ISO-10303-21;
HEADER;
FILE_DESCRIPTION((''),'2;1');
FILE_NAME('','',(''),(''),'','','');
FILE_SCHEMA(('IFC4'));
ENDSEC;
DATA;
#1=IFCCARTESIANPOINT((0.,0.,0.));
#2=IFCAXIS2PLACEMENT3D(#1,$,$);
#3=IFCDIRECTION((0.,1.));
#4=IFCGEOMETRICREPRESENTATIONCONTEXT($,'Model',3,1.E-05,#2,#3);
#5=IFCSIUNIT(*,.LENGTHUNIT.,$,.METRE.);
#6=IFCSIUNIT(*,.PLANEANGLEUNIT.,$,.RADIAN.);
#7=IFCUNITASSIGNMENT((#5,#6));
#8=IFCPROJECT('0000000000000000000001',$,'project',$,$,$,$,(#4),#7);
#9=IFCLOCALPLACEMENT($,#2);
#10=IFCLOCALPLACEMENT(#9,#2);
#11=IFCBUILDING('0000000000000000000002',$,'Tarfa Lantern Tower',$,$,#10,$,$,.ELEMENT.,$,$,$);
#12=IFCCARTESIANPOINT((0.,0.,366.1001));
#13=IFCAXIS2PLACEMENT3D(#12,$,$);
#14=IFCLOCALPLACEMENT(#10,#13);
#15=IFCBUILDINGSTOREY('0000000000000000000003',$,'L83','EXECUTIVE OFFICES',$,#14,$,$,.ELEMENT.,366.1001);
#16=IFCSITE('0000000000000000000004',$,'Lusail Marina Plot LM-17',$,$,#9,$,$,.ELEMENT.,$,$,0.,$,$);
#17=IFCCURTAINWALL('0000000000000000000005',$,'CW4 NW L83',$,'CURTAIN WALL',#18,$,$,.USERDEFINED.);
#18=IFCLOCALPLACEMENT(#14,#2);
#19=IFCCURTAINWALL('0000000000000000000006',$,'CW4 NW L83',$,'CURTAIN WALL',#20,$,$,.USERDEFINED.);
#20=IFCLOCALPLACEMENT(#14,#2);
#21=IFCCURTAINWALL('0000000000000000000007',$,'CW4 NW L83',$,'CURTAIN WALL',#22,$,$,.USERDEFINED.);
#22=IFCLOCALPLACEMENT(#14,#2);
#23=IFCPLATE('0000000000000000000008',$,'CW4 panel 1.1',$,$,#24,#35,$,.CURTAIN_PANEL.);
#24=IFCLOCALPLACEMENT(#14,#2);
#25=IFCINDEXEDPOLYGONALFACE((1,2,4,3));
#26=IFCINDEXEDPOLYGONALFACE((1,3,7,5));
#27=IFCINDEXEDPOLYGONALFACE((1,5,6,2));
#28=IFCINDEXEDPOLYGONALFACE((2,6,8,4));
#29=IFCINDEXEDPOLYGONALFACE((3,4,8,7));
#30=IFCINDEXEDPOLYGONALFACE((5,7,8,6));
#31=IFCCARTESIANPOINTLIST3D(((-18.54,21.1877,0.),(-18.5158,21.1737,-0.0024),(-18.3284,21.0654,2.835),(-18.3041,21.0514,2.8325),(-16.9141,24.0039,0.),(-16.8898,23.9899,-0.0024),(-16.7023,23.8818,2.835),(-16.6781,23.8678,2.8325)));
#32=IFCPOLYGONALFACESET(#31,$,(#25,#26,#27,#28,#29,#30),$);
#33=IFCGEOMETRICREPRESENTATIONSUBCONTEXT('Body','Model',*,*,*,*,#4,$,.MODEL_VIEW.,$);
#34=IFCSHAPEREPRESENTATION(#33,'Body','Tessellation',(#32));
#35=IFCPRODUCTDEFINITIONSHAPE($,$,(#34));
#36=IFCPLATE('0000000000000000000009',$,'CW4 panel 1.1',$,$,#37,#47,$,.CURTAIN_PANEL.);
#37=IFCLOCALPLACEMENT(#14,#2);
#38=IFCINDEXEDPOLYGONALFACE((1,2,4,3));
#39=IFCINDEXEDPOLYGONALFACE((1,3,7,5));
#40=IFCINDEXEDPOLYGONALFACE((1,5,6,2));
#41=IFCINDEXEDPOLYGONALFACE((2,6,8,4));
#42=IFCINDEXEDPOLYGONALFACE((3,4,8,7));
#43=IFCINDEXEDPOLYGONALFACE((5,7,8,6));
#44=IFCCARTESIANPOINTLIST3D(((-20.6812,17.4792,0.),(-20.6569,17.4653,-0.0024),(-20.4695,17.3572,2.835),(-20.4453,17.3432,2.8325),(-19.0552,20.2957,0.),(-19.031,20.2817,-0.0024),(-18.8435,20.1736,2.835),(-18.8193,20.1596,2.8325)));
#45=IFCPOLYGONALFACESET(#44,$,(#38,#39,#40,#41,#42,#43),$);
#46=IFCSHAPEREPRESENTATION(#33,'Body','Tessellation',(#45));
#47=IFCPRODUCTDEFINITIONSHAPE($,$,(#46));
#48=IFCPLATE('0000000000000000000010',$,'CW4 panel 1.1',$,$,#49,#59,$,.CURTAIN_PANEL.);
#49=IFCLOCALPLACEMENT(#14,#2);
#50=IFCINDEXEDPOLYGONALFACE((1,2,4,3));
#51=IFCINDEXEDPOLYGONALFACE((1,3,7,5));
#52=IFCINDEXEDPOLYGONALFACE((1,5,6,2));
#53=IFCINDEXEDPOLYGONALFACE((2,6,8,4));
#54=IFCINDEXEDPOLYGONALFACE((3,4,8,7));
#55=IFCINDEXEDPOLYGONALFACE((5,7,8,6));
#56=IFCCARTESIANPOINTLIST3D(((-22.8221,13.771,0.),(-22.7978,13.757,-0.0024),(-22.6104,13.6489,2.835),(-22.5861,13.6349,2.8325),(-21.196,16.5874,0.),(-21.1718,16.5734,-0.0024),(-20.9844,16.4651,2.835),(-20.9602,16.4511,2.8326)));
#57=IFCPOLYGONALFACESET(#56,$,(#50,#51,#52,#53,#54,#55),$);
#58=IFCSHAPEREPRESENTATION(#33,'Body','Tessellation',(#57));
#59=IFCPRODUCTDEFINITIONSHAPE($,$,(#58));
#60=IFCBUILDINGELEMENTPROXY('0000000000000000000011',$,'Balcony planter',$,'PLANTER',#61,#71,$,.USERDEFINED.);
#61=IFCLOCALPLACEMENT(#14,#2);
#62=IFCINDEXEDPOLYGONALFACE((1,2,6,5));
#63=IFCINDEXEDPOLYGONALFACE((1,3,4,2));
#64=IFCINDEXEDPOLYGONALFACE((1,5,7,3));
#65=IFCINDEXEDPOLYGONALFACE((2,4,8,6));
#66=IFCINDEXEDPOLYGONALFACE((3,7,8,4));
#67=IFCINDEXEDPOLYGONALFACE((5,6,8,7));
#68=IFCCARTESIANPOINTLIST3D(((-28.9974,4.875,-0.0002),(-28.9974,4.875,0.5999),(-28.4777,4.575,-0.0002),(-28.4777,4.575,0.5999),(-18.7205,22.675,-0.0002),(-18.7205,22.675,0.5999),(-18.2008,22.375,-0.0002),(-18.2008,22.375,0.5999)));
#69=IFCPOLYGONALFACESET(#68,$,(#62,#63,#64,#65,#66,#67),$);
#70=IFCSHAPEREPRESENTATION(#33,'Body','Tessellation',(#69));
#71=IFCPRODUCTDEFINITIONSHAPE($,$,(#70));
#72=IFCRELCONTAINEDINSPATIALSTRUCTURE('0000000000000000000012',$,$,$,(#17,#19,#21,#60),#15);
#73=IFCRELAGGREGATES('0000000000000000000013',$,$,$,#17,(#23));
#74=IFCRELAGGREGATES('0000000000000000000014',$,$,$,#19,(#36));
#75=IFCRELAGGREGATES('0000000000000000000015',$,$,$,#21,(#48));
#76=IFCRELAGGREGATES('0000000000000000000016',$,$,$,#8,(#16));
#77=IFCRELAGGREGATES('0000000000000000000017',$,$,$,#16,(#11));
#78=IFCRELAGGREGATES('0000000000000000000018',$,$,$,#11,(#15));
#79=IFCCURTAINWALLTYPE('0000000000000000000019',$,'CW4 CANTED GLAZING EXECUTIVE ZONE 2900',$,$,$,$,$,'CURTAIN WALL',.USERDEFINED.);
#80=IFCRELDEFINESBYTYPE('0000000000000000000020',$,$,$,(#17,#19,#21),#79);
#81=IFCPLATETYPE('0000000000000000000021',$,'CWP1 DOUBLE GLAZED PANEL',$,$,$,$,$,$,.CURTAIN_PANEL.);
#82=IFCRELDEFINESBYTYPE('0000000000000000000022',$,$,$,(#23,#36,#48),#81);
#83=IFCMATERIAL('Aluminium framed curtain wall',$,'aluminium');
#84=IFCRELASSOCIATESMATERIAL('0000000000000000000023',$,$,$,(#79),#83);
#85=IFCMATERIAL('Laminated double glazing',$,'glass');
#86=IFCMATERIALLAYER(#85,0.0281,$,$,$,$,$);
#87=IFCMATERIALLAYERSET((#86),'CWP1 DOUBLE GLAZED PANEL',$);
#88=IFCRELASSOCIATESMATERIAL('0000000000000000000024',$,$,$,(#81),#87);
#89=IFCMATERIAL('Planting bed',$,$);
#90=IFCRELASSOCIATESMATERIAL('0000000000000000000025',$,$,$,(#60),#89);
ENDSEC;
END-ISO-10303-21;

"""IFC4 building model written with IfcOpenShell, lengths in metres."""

from ifc_helpers import new_model, si_unit, direction, frame, origin, origin_2d, place, context, subcontext, project, spatial, polyline, rectangle, outline, extrude, material, layer, layer_set, type_object, element, aggregate, save


model = new_model("IFC4")

# Units and contexts
model_context = context("Model", 3, precision=1e-05, world=origin(), true_north=direction((0.0, 1.0)))
body_context = subcontext(model_context, "Body", "Model", "MODEL_VIEW")
ifc_project = project(units=[si_unit("LENGTHUNIT", "METRE"), si_unit("PLANEANGLEUNIT", "RADIAN")], contexts=[model_context])

# Site, building, storey
site_placement = place(None, origin())
site = spatial("IfcSite", under=ifc_project, at=site_placement, Name="Lusail Marina Plot LM-17", CompositionType="ELEMENT", RefElevation=0.0)
building_placement = place(site_placement, origin())
building = spatial("IfcBuilding", under=site, at=building_placement, Name="Tarfa Lantern Tower", CompositionType="ELEMENT")
storey_placement = place(building_placement, frame((0.0, 0.0, 366.1001)))
storey = spatial("IfcBuildingStorey", under=building, at=storey_placement, Name="L83", Description="EXECUTIVE OFFICES", CompositionType="ELEMENT", Elevation=366.1001)

# Curtain walls
ifc_material_1 = material(Name="Aluminium framed curtain wall", Category="aluminium")
curtain_wall_type = type_object("IfcCurtainWallType", Name="CW4 CANTED GLAZING EXECUTIVE ZONE 2900", ElementType="CURTAIN WALL", PredefinedType="USERDEFINED", material=ifc_material_1)
curtain_wall_1_placement = place(storey_placement, origin())
curtain_wall_1 = element("IfcCurtainWall", 1, at=curtain_wall_1_placement, inside=storey, type_object=curtain_wall_type, Name="CW4 NW L83", ObjectType="CURTAIN WALL", PredefinedType="USERDEFINED")
curtain_wall_2_placement = place(storey_placement, origin())
curtain_wall_2 = element("IfcCurtainWall", 2, at=curtain_wall_2_placement, inside=storey, type_object=curtain_wall_type, Name="CW4 NW L83", ObjectType="CURTAIN WALL", PredefinedType="USERDEFINED")
curtain_wall_3_placement = place(storey_placement, origin())
curtain_wall_3 = element("IfcCurtainWall", 3, at=curtain_wall_3_placement, inside=storey, type_object=curtain_wall_type, Name="CW4 NW L83", ObjectType="CURTAIN WALL", PredefinedType="USERDEFINED")

# Plates
ifc_material_2 = material(Name="Laminated double glazing", Category="glass")
ifc_layer = layer(ifc_material_2, 0.0281)
ifc_layer_set = layer_set([ifc_layer], Name="CWP1 DOUBLE GLAZED PANEL")
plate_type = type_object("IfcPlateType", Name="CWP1 DOUBLE GLAZED PANEL", PredefinedType="CURTAIN_PANEL", material=ifc_layer_set)
plate_1_placement = place(storey_placement, frame((-16.9141, 24.0039, 0.0), z_axis=(-0.862826, 0.498151, 0.085893), x_axis=(-0.499999, -0.866026, -0.000002)))
plate_1 = element("IfcPlate", 4, at=plate_1_placement, type_object=plate_type, Name="CW4 panel 1.1", PredefinedType="CURTAIN_PANEL", context=body_context, shape_type="SweptSolid", body=[
    extrude(outline(polyline([(0.0, 0.0), (3.2519, 0.0), (3.2519, 2.8455), (-0.0001, 2.8455), (0.0, 0.0)])), origin(), (0.0, 0.0, -1.0), 0.0281),
])
aggregate(curtain_wall_1, [plate_1])
plate_2_placement = place(storey_placement, frame((-19.0552, 20.2957, 0.0), z_axis=(-0.862837, 0.498136, 0.085872), x_axis=(-0.499982, -0.866036, 0.0)))
plate_2 = element("IfcPlate", 5, at=plate_2_placement, type_object=plate_type, Name="CW4 panel 1.1", PredefinedType="CURTAIN_PANEL", context=body_context, shape_type="SweptSolid", body=[
    extrude(outline(polyline([(0.0, 0.0), (3.2521, 0.0), (3.252, 2.8455), (-0.0001, 2.8455), (0.0, 0.0)])), origin(), (0.0, 0.0, -1.0), 0.0281),
])
aggregate(curtain_wall_2, [plate_2])
plate_3_placement = place(storey_placement, frame((-21.196, 16.5874, 0.0), z_axis=(-0.862826, 0.498151, 0.085893), x_axis=(-0.499999, -0.866026, 0.000002)))
plate_3 = element("IfcPlate", 6, at=plate_3_placement, type_object=plate_type, Name="CW4 panel 1.1", PredefinedType="CURTAIN_PANEL", context=body_context, shape_type="SweptSolid", body=[
    extrude(outline(polyline([(0.0, 0.0), (3.2521, 0.0), (3.252, 2.8455), (0.0001, 2.8455), (0.0, 0.0)])), origin(), (0.0, 0.0, -1.0), 0.0281),
])
aggregate(curtain_wall_3, [plate_3])

# Building element proxy
ifc_material_3 = material(Name="Planting bed")
proxy_placement = place(storey_placement, frame((-23.5991, 13.625, -0.0002), z_axis=(0.0, 0.0, 1.0), x_axis=(-0.5, -0.866025, 0.0)))
element("IfcBuildingElementProxy", 7, at=proxy_placement, inside=storey, material=ifc_material_3, Name="Balcony planter", ObjectType="PLANTER", PredefinedType="USERDEFINED", context=body_context, shape_type="SweptSolid", body=[
    extrude(rectangle(XDim=20.5537, YDim=0.6001, at=origin_2d()), origin(), (0.0, 0.0, 1.0), 0.6001),
])

save(model, "model.ifc")
